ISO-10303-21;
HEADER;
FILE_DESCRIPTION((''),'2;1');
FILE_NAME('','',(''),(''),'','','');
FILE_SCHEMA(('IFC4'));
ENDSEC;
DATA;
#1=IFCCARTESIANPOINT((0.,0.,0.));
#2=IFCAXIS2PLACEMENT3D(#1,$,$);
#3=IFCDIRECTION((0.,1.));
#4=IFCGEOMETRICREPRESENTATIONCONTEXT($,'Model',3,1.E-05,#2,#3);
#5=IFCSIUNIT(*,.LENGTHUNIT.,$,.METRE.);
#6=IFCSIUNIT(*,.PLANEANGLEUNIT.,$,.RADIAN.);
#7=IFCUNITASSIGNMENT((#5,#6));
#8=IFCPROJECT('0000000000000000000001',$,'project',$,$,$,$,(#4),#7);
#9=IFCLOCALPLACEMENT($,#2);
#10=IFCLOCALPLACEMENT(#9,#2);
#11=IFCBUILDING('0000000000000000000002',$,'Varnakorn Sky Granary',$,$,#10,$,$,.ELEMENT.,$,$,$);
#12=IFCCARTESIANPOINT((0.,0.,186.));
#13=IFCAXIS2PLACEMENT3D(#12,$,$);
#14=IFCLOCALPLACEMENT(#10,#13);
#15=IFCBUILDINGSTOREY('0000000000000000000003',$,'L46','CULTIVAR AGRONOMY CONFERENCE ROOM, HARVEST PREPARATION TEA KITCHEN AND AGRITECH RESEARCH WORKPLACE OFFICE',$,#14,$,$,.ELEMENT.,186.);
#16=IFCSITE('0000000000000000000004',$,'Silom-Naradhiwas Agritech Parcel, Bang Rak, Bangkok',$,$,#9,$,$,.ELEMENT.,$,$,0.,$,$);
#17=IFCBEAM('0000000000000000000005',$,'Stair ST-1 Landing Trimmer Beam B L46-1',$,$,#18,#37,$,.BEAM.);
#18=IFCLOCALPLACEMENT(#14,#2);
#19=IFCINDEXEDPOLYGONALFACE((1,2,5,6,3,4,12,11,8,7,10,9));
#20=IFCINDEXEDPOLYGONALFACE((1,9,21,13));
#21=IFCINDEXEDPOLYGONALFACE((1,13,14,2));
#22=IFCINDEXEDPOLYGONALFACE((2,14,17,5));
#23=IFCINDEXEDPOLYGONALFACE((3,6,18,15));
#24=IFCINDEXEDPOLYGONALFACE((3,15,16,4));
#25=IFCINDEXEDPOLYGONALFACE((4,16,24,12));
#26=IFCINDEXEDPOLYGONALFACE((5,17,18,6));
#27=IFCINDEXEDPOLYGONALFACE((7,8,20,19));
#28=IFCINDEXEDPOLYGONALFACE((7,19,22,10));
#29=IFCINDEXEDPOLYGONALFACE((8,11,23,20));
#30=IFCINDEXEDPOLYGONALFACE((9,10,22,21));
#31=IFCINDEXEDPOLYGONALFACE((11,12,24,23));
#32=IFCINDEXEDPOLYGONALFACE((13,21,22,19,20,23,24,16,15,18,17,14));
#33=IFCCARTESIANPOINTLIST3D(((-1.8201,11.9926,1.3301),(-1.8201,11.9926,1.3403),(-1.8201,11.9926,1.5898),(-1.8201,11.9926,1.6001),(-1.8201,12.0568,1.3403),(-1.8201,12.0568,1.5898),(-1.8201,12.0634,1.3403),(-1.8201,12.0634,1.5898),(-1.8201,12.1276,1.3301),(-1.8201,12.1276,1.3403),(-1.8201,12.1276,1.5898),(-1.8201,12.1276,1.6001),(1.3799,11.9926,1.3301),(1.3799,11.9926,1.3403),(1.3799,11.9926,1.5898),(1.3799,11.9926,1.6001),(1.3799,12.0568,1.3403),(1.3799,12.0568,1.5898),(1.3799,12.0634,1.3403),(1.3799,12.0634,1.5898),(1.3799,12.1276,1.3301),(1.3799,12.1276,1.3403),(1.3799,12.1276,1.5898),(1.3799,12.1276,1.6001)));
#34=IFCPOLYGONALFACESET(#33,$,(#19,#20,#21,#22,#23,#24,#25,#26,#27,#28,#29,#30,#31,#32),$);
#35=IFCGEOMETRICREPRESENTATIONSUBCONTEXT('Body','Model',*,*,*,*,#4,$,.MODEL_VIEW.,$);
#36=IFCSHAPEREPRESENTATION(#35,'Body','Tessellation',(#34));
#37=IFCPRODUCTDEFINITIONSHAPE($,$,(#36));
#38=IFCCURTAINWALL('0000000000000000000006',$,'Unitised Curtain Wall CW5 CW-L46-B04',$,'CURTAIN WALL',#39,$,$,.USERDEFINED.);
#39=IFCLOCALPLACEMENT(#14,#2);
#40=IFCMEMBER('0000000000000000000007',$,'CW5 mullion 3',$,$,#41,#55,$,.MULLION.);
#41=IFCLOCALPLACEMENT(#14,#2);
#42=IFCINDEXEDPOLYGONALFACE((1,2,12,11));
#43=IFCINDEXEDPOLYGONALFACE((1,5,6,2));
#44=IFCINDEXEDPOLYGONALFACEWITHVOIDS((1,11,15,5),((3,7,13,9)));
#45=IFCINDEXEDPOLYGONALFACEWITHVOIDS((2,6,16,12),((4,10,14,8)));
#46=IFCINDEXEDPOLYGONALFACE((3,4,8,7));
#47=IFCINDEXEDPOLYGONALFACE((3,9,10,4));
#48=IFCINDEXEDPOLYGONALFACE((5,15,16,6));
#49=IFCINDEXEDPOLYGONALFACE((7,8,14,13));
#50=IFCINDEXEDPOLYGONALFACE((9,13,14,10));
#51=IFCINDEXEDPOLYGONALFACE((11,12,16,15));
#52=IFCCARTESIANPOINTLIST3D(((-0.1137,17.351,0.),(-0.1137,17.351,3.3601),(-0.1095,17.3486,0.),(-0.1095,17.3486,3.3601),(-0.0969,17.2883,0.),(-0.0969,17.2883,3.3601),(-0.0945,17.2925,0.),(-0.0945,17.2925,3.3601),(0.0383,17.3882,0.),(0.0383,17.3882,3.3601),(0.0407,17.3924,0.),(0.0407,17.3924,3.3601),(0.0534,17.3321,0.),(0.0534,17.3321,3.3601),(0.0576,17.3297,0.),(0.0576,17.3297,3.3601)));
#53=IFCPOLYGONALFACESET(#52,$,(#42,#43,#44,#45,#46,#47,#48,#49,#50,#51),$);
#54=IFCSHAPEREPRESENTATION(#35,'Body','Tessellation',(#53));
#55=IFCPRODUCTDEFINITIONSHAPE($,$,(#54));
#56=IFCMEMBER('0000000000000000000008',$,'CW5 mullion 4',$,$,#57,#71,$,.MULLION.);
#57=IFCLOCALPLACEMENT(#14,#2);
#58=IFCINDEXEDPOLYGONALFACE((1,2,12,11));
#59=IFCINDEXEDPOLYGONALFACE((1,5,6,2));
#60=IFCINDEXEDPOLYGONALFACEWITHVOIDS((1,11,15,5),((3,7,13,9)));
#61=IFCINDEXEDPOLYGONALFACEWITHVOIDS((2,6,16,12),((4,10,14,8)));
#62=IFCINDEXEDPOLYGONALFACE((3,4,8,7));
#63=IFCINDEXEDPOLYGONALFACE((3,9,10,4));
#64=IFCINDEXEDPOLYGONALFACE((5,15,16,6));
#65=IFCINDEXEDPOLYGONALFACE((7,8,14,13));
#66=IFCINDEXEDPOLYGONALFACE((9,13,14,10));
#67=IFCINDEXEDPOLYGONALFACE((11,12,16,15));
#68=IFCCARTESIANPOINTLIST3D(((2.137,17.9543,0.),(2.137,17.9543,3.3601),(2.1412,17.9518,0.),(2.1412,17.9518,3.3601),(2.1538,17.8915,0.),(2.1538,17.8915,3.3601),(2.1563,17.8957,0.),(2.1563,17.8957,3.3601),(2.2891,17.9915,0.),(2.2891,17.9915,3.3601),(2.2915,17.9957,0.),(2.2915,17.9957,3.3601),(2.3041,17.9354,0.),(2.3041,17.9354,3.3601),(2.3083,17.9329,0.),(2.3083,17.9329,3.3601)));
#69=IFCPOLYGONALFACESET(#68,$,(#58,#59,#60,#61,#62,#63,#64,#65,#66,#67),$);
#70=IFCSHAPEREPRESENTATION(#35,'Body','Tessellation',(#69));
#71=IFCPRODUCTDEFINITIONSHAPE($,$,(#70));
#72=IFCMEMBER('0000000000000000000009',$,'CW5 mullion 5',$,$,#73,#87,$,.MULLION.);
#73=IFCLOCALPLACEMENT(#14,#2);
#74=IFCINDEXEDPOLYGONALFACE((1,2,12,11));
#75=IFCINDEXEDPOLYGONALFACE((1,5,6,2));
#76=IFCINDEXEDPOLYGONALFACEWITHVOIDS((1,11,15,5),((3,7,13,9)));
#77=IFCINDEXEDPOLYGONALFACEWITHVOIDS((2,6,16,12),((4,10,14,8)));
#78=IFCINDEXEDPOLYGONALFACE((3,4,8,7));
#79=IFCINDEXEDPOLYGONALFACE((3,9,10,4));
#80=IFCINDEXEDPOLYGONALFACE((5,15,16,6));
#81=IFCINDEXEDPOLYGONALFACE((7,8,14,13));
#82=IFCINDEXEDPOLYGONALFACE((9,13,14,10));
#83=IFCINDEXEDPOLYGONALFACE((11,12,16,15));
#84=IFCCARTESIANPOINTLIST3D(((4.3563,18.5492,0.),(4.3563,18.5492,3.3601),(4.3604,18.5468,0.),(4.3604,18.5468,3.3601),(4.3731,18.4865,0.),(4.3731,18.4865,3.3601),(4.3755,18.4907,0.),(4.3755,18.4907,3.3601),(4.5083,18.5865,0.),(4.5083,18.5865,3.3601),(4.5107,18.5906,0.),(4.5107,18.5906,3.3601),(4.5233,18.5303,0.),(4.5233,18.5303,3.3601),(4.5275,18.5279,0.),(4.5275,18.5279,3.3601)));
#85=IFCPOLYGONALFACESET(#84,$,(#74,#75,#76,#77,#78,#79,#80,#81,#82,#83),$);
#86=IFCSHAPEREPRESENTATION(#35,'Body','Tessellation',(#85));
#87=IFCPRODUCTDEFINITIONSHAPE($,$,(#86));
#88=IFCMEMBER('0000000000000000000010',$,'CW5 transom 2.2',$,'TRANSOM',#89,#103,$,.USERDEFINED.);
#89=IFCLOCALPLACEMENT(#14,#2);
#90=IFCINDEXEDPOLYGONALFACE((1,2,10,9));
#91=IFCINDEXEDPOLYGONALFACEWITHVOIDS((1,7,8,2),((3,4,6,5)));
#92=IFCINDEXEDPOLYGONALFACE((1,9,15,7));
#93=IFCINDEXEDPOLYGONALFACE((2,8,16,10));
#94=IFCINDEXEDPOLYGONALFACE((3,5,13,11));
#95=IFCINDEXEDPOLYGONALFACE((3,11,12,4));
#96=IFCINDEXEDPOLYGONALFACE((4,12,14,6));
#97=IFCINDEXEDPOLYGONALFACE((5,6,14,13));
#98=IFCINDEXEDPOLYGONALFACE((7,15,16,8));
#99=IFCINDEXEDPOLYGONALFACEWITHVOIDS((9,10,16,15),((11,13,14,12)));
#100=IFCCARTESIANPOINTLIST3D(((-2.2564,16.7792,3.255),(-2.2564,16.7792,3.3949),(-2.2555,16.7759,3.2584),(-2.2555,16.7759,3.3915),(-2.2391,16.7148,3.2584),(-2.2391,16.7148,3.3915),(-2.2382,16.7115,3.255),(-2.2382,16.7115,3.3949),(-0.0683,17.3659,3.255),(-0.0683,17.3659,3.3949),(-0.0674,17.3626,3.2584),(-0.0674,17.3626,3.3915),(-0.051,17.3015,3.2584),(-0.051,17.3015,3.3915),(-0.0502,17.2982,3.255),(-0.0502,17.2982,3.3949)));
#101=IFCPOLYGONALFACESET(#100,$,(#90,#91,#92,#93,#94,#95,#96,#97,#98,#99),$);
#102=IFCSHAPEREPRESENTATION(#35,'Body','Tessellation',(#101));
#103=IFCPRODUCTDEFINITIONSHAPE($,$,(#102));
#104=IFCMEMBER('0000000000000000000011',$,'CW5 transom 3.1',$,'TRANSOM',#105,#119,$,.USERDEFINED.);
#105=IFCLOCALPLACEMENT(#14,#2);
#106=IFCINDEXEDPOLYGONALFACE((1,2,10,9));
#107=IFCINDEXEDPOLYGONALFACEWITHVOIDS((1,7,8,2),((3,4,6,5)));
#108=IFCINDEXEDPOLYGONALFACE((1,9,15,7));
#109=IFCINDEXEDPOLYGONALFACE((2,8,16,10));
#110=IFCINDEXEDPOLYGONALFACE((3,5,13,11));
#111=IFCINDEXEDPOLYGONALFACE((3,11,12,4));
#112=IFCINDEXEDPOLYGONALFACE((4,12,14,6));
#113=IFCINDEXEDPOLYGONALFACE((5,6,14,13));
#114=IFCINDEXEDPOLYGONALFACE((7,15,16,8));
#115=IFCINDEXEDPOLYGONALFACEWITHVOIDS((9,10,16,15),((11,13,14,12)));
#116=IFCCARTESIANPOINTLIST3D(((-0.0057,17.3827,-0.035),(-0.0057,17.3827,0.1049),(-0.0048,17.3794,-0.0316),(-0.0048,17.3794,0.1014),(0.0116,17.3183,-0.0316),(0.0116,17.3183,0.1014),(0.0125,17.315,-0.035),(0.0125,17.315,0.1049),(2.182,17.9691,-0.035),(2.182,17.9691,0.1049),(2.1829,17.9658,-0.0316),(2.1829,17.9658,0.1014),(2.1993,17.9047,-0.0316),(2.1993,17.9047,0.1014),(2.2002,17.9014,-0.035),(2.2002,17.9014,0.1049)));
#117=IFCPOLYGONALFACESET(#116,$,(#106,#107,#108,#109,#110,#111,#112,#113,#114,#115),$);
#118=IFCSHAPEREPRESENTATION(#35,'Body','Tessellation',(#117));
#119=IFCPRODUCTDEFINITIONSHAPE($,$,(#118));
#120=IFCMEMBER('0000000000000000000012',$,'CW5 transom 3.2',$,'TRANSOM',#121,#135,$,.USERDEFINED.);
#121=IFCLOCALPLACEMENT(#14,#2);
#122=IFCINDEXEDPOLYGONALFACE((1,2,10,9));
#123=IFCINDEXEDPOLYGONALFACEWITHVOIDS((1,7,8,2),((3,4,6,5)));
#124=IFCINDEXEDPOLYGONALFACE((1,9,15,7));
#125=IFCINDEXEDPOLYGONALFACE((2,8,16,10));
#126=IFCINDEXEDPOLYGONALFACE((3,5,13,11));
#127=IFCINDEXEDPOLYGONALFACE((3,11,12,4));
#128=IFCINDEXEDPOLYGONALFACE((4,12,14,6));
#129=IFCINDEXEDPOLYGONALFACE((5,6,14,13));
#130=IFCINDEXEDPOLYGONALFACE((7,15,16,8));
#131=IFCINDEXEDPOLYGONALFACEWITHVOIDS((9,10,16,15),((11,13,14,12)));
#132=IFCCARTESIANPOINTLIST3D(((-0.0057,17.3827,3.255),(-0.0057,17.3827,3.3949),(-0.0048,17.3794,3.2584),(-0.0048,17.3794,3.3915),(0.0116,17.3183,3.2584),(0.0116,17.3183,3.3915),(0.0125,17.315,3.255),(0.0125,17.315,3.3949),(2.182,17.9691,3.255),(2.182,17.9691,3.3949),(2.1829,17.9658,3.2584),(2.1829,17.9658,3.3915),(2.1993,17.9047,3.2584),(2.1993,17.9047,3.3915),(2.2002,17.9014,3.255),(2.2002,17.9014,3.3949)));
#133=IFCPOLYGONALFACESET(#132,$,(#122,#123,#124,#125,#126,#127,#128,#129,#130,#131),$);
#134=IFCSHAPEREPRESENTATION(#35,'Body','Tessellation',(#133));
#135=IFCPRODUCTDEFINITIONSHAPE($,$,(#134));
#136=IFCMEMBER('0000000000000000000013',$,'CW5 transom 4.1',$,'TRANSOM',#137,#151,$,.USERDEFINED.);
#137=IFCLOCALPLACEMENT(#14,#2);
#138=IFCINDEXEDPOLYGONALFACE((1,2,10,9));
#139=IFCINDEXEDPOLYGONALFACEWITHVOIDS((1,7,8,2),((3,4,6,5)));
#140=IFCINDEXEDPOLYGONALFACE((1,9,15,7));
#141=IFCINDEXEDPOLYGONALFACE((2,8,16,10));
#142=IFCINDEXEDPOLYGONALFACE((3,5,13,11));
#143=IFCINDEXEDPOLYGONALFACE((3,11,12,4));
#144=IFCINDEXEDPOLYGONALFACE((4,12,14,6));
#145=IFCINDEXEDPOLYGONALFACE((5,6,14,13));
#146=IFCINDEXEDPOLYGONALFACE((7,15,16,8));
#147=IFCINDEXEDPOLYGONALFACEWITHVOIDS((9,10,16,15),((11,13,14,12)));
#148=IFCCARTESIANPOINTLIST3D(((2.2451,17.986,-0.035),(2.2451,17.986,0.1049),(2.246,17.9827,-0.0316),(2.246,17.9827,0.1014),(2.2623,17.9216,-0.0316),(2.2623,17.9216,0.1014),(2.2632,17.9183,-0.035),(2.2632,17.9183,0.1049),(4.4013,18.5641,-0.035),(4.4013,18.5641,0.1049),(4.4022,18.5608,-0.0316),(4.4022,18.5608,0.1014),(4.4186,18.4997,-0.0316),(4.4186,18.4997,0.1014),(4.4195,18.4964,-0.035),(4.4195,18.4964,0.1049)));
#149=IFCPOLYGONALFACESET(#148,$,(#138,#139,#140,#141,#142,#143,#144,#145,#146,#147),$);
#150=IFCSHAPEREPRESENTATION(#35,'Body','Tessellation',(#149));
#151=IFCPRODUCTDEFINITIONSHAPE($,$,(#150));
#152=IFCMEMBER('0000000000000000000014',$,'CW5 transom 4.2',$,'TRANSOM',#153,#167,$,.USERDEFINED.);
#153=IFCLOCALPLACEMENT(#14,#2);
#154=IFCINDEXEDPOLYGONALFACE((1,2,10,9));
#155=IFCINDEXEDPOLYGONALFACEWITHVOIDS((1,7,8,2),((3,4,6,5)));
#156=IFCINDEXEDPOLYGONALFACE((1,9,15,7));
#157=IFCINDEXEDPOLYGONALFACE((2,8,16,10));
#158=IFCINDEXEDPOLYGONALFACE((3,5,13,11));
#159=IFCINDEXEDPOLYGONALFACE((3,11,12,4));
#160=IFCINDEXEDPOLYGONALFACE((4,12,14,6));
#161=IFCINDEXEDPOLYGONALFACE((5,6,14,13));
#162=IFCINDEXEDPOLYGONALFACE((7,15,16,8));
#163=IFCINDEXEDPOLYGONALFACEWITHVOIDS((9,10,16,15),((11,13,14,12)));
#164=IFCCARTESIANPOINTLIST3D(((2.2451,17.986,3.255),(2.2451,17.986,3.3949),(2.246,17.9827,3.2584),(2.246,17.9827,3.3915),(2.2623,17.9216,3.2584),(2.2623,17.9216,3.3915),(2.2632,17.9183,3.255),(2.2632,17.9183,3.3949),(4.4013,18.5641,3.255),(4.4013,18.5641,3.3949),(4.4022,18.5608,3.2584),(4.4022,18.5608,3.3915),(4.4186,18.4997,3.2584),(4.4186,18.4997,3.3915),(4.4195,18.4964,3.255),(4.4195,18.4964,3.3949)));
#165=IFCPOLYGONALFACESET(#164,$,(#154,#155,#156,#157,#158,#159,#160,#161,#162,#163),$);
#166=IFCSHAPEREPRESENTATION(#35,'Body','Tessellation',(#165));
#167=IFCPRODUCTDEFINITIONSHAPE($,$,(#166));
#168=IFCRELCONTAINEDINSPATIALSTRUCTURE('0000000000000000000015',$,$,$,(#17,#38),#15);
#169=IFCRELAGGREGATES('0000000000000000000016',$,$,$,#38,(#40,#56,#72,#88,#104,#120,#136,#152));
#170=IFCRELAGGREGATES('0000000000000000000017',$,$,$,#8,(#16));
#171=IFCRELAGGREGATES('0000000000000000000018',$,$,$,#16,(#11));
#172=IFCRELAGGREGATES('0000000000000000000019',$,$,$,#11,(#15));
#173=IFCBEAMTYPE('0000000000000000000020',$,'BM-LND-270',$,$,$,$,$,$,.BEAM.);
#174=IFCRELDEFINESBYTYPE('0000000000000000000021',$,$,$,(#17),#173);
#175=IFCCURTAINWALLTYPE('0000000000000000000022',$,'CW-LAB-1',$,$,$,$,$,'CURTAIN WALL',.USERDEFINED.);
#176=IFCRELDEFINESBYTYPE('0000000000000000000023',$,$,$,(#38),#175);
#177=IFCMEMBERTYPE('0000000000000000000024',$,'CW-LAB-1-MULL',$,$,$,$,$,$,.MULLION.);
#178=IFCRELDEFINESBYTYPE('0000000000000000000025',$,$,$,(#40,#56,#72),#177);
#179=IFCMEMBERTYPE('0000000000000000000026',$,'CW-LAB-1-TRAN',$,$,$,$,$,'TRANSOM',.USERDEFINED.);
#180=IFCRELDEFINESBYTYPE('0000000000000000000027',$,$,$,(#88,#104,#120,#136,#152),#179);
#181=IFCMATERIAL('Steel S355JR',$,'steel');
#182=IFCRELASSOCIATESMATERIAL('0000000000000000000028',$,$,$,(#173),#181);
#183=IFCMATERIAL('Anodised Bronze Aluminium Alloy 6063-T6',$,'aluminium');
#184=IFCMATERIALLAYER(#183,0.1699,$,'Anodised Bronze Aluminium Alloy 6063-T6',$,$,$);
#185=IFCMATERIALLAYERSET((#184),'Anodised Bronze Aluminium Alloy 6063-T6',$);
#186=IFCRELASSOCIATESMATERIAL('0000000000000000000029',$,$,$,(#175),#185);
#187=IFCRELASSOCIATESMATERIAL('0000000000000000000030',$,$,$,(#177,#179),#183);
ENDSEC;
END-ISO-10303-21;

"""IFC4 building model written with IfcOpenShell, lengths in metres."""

from ifc_helpers import new_model, si_unit, direction, frame, origin, origin_2d, place, context, subcontext, project, spatial, hollow_rectangle, i_section, extrude, material, layer, layer_set, material_profile, profile_set, type_object, element, aggregate, save


model = new_model("IFC4")

# Units and contexts
model_context = context("Model", 3, precision=1e-05, world=origin(), true_north=direction((0.0, 1.0)))
body_context = subcontext(model_context, "Body", "Model", "MODEL_VIEW")
ifc_project = project(units=[si_unit("LENGTHUNIT", "METRE"), si_unit("PLANEANGLEUNIT", "RADIAN")], contexts=[model_context])

# Site, building, storey
site_placement = place(None, origin())
site = spatial("IfcSite", under=ifc_project, at=site_placement, Name="Silom-Naradhiwas Agritech Parcel, Bang Rak, Bangkok", CompositionType="ELEMENT", RefElevation=0.0)
building_placement = place(site_placement, origin())
building = spatial("IfcBuilding", under=site, at=building_placement, Name="Varnakorn Sky Granary", CompositionType="ELEMENT")
storey_placement = place(building_placement, frame((0.0, 0.0, 186.0)))
storey = spatial("IfcBuildingStorey", under=building, at=storey_placement, Name="L46", Description="CULTIVAR AGRONOMY CONFERENCE ROOM, HARVEST PREPARATION TEA KITCHEN AND AGRITECH RESEARCH WORKPLACE OFFICE", CompositionType="ELEMENT", Elevation=186.0)

# Beam
ifc_material_1 = material(Name="Steel S355JR", Category="steel")
ifc_material_profile_1 = material_profile(ifc_material_1, i_section(OverallWidth=0.135, OverallDepth=0.27, WebThickness=0.0066, FlangeThickness=0.0103, at=origin_2d()), Name="IPE 270")
ifc_profile_set_1 = profile_set([ifc_material_profile_1], Name="Steel S355JR")
beam_type = type_object("IfcBeamType", Name="BM-LND-270", PredefinedType="BEAM", material=ifc_profile_set_1)
beam_placement = place(storey_placement, frame((-1.8201, 12.0601, 1.4651), z_axis=(1.0, 0.0, 0.0), x_axis=(0.0, 1.0, 0.0)))
element("IfcBeam", 1, at=beam_placement, inside=storey, type_object=beam_type, Name="Stair ST-1 Landing Trimmer Beam B L46-1", PredefinedType="BEAM", context=body_context, shape_type="SweptSolid", body=[
    extrude(i_section(OverallWidth=0.135, OverallDepth=0.27, WebThickness=0.0066, FlangeThickness=0.0103, at=origin_2d()), origin(), (0.0, 0.0, 1.0), 3.2),
])

# Curtain wall, members
ifc_material_2 = material(Name="Anodised Bronze Aluminium Alloy 6063-T6", Category="aluminium")
ifc_layer_1 = layer(ifc_material_2, 0.1699, Name="Anodised Bronze Aluminium Alloy 6063-T6")
ifc_layer_set_1 = layer_set([ifc_layer_1], Name="Anodised Bronze Aluminium Alloy 6063-T6")
curtain_wall_type = type_object("IfcCurtainWallType", Name="CW-LAB-1", ElementType="CURTAIN WALL", PredefinedType="USERDEFINED", material=ifc_layer_set_1)
curtain_wall_placement = place(storey_placement, origin())
curtain_wall = element("IfcCurtainWall", 2, at=curtain_wall_placement, inside=storey, type_object=curtain_wall_type, Name="Unitised Curtain Wall CW5 CW-L46-B04", ObjectType="CURTAIN WALL", PredefinedType="USERDEFINED")
ifc_material_profile_2 = material_profile(ifc_material_2, hollow_rectangle(XDim=0.0649, YDim=0.1599, WallThickness=0.0034, at=origin_2d()), Name="ALU MULL 65x160")
ifc_profile_set_2 = profile_set([ifc_material_profile_2], Name="Anodised Bronze Aluminium Alloy 6063-T6")
member_type_1 = type_object("IfcMemberType", Name="CW-LAB-1-MULL", PredefinedType="MULLION", material=ifc_profile_set_2)
member_1_placement = place(storey_placement, frame((-0.0281, 17.3403, 0.0), z_axis=(0.0, 0.0, 1.0), x_axis=(-0.258925, 0.965897, 0.0)))
member_1 = element("IfcMember", 3, at=member_1_placement, type_object=member_type_1, Name="CW5 mullion 3", PredefinedType="MULLION", context=body_context, shape_type="SweptSolid", body=[
    extrude(hollow_rectangle(XDim=0.0649, YDim=0.1599, WallThickness=0.0034, at=origin_2d()), origin(), (0.0, 0.0, 1.0), 3.3601),
])
member_2_placement = place(storey_placement, frame((2.2227, 17.9436, 0.0), z_axis=(0.0, 0.0, 1.0), x_axis=(-0.258925, 0.965897, 0.0)))
member_2 = element("IfcMember", 4, at=member_2_placement, type_object=member_type_1, Name="CW5 mullion 4", PredefinedType="MULLION", context=body_context, shape_type="SweptSolid", body=[
    extrude(hollow_rectangle(XDim=0.0649, YDim=0.1599, WallThickness=0.0034, at=origin_2d()), origin(), (0.0, 0.0, 1.0), 3.3601),
])
member_3_placement = place(storey_placement, frame((4.4419, 18.5386, 0.0), z_axis=(0.0, 0.0, 1.0), x_axis=(-0.258925, 0.965897, 0.0)))
member_3 = element("IfcMember", 5, at=member_3_placement, type_object=member_type_1, Name="CW5 mullion 5", PredefinedType="MULLION", context=body_context, shape_type="SweptSolid", body=[
    extrude(hollow_rectangle(XDim=0.0649, YDim=0.1599, WallThickness=0.0034, at=origin_2d()), origin(), (0.0, 0.0, 1.0), 3.3601),
])
ifc_material_profile_3 = material_profile(ifc_material_2, hollow_rectangle(XDim=0.0701, YDim=0.1399, WallThickness=0.0034, at=origin_2d()), Name="ALU TRAN 70x140")
ifc_profile_set_3 = profile_set([ifc_material_profile_3], Name="Anodised Bronze Aluminium Alloy 6063-T6")
member_type_2 = type_object("IfcMemberType", Name="CW-LAB-1-TRAN", ElementType="TRANSOM", PredefinedType="USERDEFINED", material=ifc_profile_set_3)
member_4_placement = place(storey_placement, frame((-2.2473, 16.7454, 3.325), z_axis=(0.965882, 0.258984, 0.0), x_axis=(-0.258984, 0.965882, 0.0)))
member_4 = element("IfcMember", 6, at=member_4_placement, type_object=member_type_2, Name="CW5 transom 2.2", ObjectType="TRANSOM", PredefinedType="USERDEFINED", context=body_context, shape_type="SweptSolid", body=[
    extrude(hollow_rectangle(XDim=0.0701, YDim=0.1399, WallThickness=0.0034, at=origin_2d()), origin(), (0.0, 0.0, 1.0), 2.2654),
])
member_5_placement = place(storey_placement, frame((0.0034, 17.3489, 0.0349), z_axis=(0.965901, 0.25891, 0.0), x_axis=(-0.25891, 0.965901, 0.0)))
member_5 = element("IfcMember", 7, at=member_5_placement, type_object=member_type_2, Name="CW5 transom 3.1", ObjectType="TRANSOM", PredefinedType="USERDEFINED", context=body_context, shape_type="SweptSolid", body=[
    extrude(hollow_rectangle(XDim=0.0701, YDim=0.1399, WallThickness=0.0034, at=origin_2d()), origin(), (0.0, 0.0, 1.0), 2.2649),
])
member_6_placement = place(storey_placement, frame((0.0034, 17.3489, 3.325), z_axis=(0.965901, 0.25891, 0.0), x_axis=(-0.25891, 0.965901, 0.0)))
member_6 = element("IfcMember", 8, at=member_6_placement, type_object=member_type_2, Name="CW5 transom 3.2", ObjectType="TRANSOM", PredefinedType="USERDEFINED", context=body_context, shape_type="SweptSolid", body=[
    extrude(hollow_rectangle(XDim=0.0701, YDim=0.1399, WallThickness=0.0034, at=origin_2d()), origin(), (0.0, 0.0, 1.0), 2.2649),
])
member_7_placement = place(storey_placement, frame((2.2542, 17.9521, 0.0349), z_axis=(0.965886, 0.258969, 0.0), x_axis=(-0.258969, 0.965886, 0.0)))
member_7 = element("IfcMember", 9, at=member_7_placement, type_object=member_type_2, Name="CW5 transom 4.1", ObjectType="TRANSOM", PredefinedType="USERDEFINED", context=body_context, shape_type="SweptSolid", body=[
    extrude(hollow_rectangle(XDim=0.0701, YDim=0.1399, WallThickness=0.0034, at=origin_2d()), origin(), (0.0, 0.0, 1.0), 2.2324),
])
member_8_placement = place(storey_placement, frame((2.2542, 17.9521, 3.325), z_axis=(0.965886, 0.258969, 0.0), x_axis=(-0.258969, 0.965886, 0.0)))
member_8 = element("IfcMember", 10, at=member_8_placement, type_object=member_type_2, Name="CW5 transom 4.2", ObjectType="TRANSOM", PredefinedType="USERDEFINED", context=body_context, shape_type="SweptSolid", body=[
    extrude(hollow_rectangle(XDim=0.0701, YDim=0.1399, WallThickness=0.0034, at=origin_2d()), origin(), (0.0, 0.0, 1.0), 2.2324),
])

aggregate(curtain_wall, [member_1, member_2, member_3, member_4, member_5, member_6, member_7, member_8])

save(model, "model.ifc")
